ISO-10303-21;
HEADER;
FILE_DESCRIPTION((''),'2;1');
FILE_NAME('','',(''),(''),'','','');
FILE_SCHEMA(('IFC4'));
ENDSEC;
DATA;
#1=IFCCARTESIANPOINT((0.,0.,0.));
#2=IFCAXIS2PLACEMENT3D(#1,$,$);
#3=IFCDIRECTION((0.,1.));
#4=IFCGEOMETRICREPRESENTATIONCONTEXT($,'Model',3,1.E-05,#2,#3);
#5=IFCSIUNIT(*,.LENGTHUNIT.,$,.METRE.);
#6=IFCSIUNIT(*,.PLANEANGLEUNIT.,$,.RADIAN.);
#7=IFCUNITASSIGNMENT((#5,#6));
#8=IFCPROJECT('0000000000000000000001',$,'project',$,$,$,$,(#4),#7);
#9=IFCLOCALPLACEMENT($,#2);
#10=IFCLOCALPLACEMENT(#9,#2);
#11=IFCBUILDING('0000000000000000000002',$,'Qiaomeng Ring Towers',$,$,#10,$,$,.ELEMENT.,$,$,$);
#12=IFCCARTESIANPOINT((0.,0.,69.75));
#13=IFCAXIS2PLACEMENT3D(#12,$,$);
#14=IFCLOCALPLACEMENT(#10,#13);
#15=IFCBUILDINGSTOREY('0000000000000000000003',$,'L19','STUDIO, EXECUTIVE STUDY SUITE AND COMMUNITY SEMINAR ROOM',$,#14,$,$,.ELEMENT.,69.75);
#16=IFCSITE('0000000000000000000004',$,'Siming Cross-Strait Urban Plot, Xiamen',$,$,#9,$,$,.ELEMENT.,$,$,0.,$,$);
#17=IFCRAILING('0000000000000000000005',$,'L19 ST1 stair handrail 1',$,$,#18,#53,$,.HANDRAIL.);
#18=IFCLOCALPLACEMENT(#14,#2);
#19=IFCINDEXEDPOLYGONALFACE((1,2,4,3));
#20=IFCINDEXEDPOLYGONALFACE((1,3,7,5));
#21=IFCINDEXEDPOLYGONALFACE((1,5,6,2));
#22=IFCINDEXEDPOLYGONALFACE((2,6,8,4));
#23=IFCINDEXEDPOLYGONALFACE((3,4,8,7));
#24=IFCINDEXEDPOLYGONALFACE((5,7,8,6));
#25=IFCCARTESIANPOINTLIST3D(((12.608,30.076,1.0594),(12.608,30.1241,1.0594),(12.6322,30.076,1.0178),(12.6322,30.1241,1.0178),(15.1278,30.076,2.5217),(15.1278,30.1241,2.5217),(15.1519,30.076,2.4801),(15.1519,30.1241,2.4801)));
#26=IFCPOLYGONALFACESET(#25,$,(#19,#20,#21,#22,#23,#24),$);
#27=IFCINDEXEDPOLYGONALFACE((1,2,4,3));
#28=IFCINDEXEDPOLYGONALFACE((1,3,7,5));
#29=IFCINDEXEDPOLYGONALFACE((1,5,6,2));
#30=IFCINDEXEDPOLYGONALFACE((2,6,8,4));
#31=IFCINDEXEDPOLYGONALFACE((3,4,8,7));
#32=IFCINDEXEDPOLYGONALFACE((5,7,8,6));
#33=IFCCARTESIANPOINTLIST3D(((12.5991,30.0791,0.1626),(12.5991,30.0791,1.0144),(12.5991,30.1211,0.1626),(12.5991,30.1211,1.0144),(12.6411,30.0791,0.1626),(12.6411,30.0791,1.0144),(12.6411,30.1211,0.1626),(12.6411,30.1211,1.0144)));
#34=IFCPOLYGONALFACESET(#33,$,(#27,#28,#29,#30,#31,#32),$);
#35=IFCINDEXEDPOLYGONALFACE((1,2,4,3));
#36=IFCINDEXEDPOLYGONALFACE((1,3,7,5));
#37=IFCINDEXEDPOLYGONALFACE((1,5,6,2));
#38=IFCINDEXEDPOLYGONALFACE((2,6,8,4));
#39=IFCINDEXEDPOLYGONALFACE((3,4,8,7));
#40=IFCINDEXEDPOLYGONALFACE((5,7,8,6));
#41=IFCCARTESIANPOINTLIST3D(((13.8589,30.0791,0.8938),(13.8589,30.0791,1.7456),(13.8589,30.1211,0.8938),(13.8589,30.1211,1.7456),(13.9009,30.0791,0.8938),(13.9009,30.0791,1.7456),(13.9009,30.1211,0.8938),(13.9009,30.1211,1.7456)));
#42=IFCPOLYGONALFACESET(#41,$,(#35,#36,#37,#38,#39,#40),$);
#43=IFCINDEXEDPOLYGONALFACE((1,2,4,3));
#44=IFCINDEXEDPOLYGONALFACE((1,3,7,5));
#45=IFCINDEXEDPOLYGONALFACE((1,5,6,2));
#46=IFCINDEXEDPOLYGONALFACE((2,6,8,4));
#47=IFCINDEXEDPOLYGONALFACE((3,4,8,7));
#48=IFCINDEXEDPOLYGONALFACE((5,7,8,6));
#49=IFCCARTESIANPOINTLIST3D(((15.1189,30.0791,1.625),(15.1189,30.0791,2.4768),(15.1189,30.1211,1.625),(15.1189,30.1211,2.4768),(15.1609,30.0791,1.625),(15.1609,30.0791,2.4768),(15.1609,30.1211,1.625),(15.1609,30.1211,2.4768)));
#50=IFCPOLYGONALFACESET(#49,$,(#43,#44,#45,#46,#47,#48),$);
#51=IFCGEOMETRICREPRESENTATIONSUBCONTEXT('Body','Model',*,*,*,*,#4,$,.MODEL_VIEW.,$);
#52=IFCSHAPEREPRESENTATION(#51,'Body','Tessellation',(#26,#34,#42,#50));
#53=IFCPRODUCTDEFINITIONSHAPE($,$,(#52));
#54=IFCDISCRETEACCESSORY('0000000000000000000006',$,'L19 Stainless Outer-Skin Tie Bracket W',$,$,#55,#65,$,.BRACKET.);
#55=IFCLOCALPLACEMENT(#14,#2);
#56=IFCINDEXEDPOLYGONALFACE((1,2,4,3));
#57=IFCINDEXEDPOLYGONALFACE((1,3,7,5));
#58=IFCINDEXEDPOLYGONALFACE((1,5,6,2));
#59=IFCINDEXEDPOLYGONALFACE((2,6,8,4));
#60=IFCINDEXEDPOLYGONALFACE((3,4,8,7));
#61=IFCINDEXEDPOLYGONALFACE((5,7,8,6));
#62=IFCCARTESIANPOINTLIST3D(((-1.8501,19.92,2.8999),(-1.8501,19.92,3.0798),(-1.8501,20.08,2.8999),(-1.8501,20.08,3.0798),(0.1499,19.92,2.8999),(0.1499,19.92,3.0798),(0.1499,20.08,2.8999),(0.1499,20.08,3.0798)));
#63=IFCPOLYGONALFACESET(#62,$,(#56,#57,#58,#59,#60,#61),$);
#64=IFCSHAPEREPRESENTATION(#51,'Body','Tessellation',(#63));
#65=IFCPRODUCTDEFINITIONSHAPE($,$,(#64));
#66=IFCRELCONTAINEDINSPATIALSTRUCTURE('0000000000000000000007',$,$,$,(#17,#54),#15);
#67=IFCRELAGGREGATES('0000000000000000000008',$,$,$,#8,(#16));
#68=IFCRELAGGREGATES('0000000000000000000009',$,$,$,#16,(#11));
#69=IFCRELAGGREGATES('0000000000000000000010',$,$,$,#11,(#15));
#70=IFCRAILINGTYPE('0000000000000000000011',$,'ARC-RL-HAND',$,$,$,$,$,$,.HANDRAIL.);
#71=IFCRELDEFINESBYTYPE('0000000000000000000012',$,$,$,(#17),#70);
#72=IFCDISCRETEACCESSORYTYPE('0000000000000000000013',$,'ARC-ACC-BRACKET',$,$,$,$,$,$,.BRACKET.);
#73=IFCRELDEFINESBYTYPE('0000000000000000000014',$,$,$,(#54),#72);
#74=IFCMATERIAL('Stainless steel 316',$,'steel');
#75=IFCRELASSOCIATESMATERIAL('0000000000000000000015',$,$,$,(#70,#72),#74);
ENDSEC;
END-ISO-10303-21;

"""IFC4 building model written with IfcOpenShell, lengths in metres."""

from ifc_helpers import new_model, si_unit, direction, frame, origin, origin_2d, place, context, subcontext, project, spatial, rectangle, extrude, source, transform, mapped, material, type_object, element, save


model = new_model("IFC4")

# Units and contexts
model_context = context("Model", 3, precision=1e-05, world=origin(), true_north=direction((0.0, 1.0)))
body_context = subcontext(model_context, "Body", "Model", "MODEL_VIEW")
ifc_project = project(units=[si_unit("LENGTHUNIT", "METRE"), si_unit("PLANEANGLEUNIT", "RADIAN")], contexts=[model_context])

# Site, building, storey
site_placement = place(None, origin())
site = spatial("IfcSite", under=ifc_project, at=site_placement, Name="Siming Cross-Strait Urban Plot, Xiamen", CompositionType="ELEMENT", RefElevation=0.0)
building_placement = place(site_placement, origin())
building = spatial("IfcBuilding", under=site, at=building_placement, Name="Qiaomeng Ring Towers", CompositionType="ELEMENT")
storey_placement = place(building_placement, frame((0.0, 0.0, 69.75)))
storey = spatial("IfcBuildingStorey", under=building, at=storey_placement, Name="L19", Description="STUDIO, EXECUTIVE STUDY SUITE AND COMMUNITY SEMINAR ROOM", CompositionType="ELEMENT", Elevation=69.75)

# Railing
ifc_material_1 = material(Name="Stainless steel 316", Category="steel")
railing_type = type_object("IfcRailingType", Name="ARC-RL-HAND", PredefinedType="HANDRAIL", material=ifc_material_1)
railing_placement = place(storey_placement, frame((12.6201, 30.1001, 0.1626)))
element("IfcRailing", 1, at=railing_placement, inside=storey, type_object=railing_type, Name="L19 ST1 stair handrail 1", PredefinedType="HANDRAIL", context=body_context, shape_type="SweptSolid", body=[
    extrude(rectangle(XDim=0.0481, YDim=0.0481, at=origin_2d()), frame((0.0, 0.0, 0.876), z_axis=(0.864892, 0.0, 0.501958), x_axis=(0.0, 1.0, 0.0)), (0.0, 0.0, 1.0), 2.9133),
    extrude(rectangle(XDim=0.042, YDim=0.042, at=origin_2d()), origin(), (0.0, 0.0, 1.0), 0.8518),
    extrude(rectangle(XDim=0.042, YDim=0.042, at=origin_2d()), frame((1.2598, 0.0, 0.7312)), (0.0, 0.0, 1.0), 0.8518),
    extrude(rectangle(XDim=0.042, YDim=0.042, at=origin_2d()), frame((2.5198, 0.0, 1.4624)), (0.0, 0.0, 1.0), 0.8518),
])

# Discrete accessory
discrete_accessory_type = type_object("IfcDiscreteAccessoryType", Name="ARC-ACC-BRACKET", PredefinedType="BRACKET", material=ifc_material_1)
shared_shape_1 = source(origin(), body_context, "Body", "SweptSolid", [
    extrude(rectangle(XDim=2.0, YDim=0.1599, at=origin_2d()), origin(), (0.0, 0.0, 1.0), 0.1799),
])
discrete_accessory_placement = place(storey_placement, frame((-0.8501, 20.0, 2.8999), z_axis=(0.0, 0.0, 1.0), x_axis=(1.0, 0.0, 0.0)))
element("IfcDiscreteAccessory", 2, at=discrete_accessory_placement, inside=storey, type_object=discrete_accessory_type, Name="L19 Stainless Outer-Skin Tie Bracket W", PredefinedType="BRACKET", context=body_context, shape_type="MappedRepresentation", body=[
    mapped(shared_shape_1, transform((0.0, 0.0, 0.0), x_axis=(1.0, 0.0, 0.0), y_axis=(0.0, 1.0, 0.0), z_axis=(0.0, 0.0, 1.0), scale=1.0)),
])

save(model, "model.ifc")
